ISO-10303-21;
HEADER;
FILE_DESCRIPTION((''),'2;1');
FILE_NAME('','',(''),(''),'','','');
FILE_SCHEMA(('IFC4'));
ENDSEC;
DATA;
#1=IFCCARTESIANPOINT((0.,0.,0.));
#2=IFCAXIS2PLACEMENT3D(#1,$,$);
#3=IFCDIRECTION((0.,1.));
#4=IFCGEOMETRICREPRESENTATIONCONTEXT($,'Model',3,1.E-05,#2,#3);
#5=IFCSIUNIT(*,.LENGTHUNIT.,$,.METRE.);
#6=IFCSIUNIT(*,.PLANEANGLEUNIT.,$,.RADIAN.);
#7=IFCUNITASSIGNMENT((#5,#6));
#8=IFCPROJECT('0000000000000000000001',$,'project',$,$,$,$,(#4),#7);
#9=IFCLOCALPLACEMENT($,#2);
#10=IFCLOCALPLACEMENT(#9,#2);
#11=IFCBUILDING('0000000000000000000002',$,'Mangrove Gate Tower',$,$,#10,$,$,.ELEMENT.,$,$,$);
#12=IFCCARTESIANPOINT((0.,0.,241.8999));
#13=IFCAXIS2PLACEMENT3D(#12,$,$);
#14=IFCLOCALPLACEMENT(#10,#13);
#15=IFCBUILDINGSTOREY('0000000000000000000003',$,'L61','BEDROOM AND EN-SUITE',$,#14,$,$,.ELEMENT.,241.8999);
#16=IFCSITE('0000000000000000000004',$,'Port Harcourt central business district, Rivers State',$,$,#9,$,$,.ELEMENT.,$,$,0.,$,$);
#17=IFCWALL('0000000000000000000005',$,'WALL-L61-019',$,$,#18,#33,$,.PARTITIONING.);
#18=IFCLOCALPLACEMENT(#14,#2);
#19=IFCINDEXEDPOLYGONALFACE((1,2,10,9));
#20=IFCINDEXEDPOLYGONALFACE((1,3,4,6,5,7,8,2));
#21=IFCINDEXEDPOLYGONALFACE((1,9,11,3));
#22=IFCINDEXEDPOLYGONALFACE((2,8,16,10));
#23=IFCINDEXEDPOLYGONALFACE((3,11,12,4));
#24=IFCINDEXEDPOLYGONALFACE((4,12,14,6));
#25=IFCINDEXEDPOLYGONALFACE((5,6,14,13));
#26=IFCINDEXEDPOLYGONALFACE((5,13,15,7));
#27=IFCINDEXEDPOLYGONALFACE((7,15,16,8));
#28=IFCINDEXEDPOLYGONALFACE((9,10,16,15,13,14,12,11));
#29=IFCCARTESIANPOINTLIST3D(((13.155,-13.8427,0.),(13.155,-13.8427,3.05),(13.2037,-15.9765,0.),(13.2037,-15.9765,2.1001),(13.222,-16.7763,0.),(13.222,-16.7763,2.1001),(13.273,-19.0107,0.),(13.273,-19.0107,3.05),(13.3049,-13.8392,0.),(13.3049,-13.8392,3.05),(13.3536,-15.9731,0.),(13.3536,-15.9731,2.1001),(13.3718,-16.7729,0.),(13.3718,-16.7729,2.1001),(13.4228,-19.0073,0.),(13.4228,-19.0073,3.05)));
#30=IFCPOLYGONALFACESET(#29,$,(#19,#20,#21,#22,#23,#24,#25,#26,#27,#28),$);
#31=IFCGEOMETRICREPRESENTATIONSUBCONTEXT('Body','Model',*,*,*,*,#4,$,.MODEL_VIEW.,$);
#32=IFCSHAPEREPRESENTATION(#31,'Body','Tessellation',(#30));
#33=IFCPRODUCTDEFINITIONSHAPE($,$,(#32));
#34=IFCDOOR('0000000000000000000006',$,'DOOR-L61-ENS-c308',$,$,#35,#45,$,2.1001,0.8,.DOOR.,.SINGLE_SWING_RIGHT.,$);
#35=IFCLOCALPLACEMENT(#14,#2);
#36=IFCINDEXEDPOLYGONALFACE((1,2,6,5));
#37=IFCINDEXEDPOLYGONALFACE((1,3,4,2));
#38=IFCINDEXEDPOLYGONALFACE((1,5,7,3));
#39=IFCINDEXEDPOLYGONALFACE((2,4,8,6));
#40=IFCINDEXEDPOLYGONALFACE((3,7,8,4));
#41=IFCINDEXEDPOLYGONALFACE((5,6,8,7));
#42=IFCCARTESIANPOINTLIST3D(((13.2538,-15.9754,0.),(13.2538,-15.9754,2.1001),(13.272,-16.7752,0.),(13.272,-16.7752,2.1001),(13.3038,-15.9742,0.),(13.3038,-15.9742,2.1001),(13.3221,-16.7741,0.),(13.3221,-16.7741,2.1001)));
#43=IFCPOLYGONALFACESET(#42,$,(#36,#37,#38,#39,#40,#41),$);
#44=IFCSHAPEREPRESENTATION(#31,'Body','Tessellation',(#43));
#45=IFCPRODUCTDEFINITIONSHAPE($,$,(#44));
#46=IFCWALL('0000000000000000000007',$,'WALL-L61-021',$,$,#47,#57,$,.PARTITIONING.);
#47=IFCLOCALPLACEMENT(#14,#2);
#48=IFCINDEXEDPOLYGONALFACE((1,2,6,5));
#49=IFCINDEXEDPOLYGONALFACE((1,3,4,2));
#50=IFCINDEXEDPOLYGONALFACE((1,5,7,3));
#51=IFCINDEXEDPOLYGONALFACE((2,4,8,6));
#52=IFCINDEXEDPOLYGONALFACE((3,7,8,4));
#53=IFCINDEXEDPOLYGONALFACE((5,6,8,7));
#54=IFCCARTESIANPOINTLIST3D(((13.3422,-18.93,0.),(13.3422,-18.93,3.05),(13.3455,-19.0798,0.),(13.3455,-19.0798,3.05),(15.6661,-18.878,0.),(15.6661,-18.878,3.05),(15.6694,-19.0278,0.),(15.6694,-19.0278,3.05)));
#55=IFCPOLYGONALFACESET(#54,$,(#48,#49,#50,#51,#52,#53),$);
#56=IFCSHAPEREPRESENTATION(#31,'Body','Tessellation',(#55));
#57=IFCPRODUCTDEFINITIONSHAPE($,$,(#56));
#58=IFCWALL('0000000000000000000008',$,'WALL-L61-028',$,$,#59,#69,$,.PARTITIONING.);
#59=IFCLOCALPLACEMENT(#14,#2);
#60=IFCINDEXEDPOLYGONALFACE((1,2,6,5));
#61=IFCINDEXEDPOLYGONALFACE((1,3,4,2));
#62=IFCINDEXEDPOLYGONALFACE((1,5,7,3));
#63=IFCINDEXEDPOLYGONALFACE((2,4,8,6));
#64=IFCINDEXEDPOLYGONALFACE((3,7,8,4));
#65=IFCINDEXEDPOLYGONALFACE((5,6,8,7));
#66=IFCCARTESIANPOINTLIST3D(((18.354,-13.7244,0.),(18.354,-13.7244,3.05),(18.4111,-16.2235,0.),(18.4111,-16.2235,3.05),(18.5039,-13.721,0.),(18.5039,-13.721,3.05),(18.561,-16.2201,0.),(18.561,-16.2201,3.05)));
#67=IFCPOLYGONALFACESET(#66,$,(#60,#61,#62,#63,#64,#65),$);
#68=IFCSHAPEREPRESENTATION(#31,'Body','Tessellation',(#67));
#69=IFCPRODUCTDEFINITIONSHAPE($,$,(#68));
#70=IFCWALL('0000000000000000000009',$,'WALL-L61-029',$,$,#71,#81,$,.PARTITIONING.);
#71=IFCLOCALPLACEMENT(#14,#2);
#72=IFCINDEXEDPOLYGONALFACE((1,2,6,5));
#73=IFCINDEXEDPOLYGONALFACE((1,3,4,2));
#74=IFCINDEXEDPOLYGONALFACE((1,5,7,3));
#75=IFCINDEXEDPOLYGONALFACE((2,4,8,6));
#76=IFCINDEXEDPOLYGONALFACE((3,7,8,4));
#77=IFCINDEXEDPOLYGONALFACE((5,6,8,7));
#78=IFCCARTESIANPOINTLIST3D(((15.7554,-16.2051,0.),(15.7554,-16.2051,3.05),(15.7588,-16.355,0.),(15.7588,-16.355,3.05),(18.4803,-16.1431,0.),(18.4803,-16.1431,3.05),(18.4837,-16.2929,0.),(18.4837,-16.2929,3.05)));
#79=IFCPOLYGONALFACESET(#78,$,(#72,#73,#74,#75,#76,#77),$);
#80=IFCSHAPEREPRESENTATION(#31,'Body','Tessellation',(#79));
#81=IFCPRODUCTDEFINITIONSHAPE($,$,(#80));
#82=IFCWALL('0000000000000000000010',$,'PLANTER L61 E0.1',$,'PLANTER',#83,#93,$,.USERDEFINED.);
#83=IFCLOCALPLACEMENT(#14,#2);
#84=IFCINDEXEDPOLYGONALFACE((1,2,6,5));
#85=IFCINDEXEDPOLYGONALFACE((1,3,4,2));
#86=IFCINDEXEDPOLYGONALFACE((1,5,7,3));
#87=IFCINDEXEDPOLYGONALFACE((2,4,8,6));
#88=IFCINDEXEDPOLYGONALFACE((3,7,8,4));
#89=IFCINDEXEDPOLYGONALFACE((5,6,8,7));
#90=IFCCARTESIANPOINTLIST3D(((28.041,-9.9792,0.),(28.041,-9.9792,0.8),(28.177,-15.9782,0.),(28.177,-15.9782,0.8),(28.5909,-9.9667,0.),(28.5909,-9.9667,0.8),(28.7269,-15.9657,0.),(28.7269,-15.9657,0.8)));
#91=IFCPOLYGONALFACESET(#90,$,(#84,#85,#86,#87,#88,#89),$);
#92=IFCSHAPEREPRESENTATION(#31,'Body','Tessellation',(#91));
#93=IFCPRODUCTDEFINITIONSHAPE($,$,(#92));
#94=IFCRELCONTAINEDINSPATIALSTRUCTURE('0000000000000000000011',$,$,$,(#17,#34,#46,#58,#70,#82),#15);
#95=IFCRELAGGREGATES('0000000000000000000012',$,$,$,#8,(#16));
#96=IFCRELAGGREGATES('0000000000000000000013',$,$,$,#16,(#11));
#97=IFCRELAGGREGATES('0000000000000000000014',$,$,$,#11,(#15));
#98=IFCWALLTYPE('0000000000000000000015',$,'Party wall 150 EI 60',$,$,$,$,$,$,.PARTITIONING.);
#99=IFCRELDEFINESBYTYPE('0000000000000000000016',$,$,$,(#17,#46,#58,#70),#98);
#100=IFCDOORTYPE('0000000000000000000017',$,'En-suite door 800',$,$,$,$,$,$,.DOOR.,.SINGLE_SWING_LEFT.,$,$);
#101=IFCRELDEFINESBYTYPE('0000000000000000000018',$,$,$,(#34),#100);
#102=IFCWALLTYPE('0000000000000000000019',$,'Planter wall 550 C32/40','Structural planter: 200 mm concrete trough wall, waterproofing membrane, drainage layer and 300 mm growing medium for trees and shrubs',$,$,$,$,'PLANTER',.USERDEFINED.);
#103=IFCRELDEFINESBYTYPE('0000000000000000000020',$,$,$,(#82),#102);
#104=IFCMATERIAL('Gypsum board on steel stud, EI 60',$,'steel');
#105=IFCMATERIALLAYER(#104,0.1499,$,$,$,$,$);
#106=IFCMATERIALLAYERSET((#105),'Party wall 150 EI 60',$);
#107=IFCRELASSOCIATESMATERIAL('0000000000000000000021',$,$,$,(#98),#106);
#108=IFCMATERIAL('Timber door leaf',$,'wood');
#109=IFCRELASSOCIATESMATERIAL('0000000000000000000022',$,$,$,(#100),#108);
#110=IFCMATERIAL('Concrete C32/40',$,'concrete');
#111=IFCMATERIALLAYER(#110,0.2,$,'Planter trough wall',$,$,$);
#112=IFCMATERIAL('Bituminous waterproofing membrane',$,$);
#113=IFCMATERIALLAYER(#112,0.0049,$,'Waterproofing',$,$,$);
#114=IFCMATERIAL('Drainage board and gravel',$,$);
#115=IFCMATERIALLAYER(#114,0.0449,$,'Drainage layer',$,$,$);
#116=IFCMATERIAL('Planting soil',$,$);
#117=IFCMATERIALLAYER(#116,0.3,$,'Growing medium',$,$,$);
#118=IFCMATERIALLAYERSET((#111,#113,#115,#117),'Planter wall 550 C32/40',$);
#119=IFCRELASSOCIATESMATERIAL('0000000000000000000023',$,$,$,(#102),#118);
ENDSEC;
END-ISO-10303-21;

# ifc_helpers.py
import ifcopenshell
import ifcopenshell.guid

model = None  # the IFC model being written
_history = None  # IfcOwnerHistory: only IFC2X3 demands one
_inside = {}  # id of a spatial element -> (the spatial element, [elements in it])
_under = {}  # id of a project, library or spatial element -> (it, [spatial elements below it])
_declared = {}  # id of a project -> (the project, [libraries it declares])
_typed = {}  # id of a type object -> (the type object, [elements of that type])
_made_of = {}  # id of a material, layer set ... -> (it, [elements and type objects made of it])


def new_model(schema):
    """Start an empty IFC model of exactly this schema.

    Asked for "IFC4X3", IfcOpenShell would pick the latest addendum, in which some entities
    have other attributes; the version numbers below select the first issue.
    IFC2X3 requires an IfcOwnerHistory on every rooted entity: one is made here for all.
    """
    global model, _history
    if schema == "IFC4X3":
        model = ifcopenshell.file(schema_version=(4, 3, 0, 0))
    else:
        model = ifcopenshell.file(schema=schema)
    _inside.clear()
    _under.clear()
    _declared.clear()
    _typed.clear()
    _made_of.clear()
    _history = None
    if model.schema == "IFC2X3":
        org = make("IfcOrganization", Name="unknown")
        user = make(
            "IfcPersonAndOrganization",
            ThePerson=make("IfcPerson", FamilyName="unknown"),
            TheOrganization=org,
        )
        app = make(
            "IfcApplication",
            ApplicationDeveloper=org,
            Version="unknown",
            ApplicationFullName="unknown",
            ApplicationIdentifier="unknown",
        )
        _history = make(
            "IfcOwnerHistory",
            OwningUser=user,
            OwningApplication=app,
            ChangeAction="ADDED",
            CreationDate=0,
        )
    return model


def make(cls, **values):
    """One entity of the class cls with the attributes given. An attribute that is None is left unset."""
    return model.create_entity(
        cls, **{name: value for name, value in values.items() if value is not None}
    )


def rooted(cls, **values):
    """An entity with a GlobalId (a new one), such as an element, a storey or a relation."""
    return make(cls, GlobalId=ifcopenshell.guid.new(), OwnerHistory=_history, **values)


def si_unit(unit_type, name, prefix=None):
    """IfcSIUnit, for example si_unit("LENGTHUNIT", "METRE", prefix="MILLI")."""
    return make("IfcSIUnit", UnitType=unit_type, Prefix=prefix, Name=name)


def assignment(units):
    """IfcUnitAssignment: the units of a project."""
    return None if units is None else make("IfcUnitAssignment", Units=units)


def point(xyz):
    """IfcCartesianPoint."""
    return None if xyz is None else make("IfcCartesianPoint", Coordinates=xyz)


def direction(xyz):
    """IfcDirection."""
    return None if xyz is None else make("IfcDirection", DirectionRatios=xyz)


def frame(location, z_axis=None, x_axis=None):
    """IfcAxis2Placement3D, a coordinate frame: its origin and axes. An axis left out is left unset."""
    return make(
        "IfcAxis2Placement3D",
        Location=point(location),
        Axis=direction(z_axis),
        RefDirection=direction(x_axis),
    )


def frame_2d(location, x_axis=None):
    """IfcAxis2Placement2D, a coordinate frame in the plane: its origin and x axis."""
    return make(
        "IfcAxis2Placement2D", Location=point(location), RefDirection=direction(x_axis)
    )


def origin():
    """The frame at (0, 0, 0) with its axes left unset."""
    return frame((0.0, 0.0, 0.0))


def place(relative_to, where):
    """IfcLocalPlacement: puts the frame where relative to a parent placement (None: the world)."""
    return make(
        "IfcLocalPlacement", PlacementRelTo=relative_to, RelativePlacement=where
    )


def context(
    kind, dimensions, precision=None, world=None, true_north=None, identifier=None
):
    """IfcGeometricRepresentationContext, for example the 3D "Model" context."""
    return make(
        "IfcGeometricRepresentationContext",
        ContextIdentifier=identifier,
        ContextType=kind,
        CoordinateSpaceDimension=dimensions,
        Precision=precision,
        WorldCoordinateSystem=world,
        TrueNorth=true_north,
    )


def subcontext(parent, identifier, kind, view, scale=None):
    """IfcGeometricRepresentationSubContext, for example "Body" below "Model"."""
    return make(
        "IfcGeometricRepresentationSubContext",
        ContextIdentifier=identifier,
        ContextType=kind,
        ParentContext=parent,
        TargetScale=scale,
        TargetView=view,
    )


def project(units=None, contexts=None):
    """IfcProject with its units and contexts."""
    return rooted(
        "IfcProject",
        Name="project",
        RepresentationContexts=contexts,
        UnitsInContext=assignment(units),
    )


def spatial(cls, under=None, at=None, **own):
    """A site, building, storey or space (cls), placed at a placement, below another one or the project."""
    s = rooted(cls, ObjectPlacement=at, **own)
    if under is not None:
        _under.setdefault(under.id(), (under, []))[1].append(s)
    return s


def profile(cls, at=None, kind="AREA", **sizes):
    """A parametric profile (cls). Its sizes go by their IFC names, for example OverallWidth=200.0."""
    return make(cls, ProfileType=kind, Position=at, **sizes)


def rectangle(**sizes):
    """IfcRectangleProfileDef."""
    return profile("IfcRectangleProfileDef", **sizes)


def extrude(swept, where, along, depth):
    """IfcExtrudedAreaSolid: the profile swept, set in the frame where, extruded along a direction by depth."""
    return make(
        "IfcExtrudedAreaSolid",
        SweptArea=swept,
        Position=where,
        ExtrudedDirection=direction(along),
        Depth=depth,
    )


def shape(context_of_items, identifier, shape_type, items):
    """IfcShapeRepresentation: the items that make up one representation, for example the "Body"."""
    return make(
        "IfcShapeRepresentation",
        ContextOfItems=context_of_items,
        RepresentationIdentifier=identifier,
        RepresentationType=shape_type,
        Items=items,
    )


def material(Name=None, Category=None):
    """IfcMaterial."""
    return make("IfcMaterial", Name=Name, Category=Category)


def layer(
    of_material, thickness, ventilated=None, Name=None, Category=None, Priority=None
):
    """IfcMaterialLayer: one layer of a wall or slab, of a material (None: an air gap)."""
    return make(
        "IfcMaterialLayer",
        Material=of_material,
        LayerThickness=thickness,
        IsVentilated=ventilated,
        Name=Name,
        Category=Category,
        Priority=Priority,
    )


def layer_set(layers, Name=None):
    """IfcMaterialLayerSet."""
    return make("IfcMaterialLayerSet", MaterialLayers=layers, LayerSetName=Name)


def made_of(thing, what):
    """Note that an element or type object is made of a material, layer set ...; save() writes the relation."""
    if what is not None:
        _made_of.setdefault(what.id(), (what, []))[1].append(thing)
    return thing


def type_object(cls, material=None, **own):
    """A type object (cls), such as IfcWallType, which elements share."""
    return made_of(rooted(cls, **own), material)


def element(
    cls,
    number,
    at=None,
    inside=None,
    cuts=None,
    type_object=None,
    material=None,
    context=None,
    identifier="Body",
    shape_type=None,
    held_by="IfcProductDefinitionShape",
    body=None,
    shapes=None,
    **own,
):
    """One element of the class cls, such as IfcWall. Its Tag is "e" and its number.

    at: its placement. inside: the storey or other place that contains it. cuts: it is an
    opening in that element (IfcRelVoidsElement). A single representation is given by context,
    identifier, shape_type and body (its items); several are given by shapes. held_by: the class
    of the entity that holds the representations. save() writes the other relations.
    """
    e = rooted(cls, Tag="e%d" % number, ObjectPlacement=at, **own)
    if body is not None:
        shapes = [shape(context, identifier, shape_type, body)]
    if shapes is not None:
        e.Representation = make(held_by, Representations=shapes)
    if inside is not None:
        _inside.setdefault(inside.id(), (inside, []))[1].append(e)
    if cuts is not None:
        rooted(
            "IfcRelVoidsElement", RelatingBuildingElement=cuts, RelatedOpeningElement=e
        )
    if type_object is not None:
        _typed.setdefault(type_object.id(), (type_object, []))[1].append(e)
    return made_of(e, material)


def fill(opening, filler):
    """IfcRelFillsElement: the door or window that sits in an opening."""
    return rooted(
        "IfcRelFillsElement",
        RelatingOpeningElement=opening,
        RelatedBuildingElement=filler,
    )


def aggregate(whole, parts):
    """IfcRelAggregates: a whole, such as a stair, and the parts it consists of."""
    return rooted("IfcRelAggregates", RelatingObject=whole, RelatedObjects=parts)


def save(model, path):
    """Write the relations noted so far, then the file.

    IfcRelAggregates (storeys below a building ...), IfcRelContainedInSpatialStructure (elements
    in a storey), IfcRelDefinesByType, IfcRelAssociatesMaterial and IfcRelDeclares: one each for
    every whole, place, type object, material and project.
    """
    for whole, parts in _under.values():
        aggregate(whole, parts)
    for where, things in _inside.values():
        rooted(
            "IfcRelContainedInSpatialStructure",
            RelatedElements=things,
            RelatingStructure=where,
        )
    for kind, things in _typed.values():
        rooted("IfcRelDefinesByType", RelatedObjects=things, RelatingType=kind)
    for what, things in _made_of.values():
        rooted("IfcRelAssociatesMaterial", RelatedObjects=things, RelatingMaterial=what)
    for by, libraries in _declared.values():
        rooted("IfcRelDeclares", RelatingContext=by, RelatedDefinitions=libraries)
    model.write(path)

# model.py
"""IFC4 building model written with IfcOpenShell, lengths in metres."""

from ifc_helpers import new_model, si_unit, direction, frame, frame_2d, origin, place, context, subcontext, project, spatial, rectangle, extrude, material, layer, layer_set, type_object, element, fill, save


model = new_model("IFC4")

# Units and contexts
model_context = context("Model", 3, precision=1e-05, world=origin(), true_north=direction((0.0, 1.0)))
body_context = subcontext(model_context, "Body", "Model", "MODEL_VIEW")
ifc_project = project(units=[si_unit("LENGTHUNIT", "METRE"), si_unit("PLANEANGLEUNIT", "RADIAN")], contexts=[model_context])

# Site, building, storey
site_placement = place(None, origin())
site = spatial("IfcSite", under=ifc_project, at=site_placement, Name="Port Harcourt central business district, Rivers State", CompositionType="ELEMENT", RefElevation=0.0)
building_placement = place(site_placement, origin())
building = spatial("IfcBuilding", under=site, at=building_placement, Name="Mangrove Gate Tower", CompositionType="ELEMENT")
storey_placement = place(building_placement, frame((0.0, 0.0, 241.8999)))
storey = spatial("IfcBuildingStorey", under=building, at=storey_placement, Name="L61", Description="BEDROOM AND EN-SUITE", CompositionType="ELEMENT", Elevation=241.8999)

# Shared definitions
ifc_material_1 = material(Name="Gypsum board on steel stud, EI 60", Category="steel")
ifc_layer_1 = layer(ifc_material_1, 0.1499)
ifc_layer_set_1 = layer_set([ifc_layer_1], Name="Party wall 150 EI 60")
wall_type_1 = type_object("IfcWallType", Name="Party wall 150 EI 60", PredefinedType="PARTITIONING", material=ifc_layer_set_1)

# Wall, opening, door
wall_1_placement = place(storey_placement, frame((13.3479, -19.009, 0.0), z_axis=(0.0, 0.0, 1.0), x_axis=(-0.022812, 0.99974, 0.0)))
wall_1 = element("IfcWall", 1, at=wall_1_placement, inside=storey, type_object=wall_type_1, Name="WALL-L61-019", PredefinedType="PARTITIONING", context=body_context, shape_type="SweptSolid", body=[
    extrude(rectangle(XDim=5.1694, YDim=0.1499, at=frame_2d((2.5847, 0.0))), origin(), (0.0, 0.0, 1.0), 3.05),
])
opening_1_placement = place(wall_1_placement, frame((2.2351, 0.0, 0.0)))
opening_1 = element("IfcOpeningElement", 2, at=opening_1_placement, cuts=wall_1, PredefinedType="OPENING", context=body_context, shape_type="SweptSolid", body=[
    extrude(rectangle(XDim=0.8, YDim=2.1001, at=frame_2d((0.3999, 1.05))), frame((0.0, 0.085, 0.0), z_axis=(0.0, -1.0, 0.0), x_axis=(1.0, 0.0, 0.0)), (0.0, 0.0, 1.0), 0.1699),
])
ifc_material_2 = material(Name="Timber door leaf", Category="wood")
door_type_1 = type_object("IfcDoorType", Name="En-suite door 800", OperationType="SINGLE_SWING_LEFT", PredefinedType="DOOR", material=ifc_material_2)
door_1_placement = place(opening_1_placement, origin())
door_1 = element("IfcDoor", 3, at=door_1_placement, inside=storey, type_object=door_type_1, Name="DOOR-L61-ENS-c308", OperationType="SINGLE_SWING_RIGHT", OverallHeight=2.1001, OverallWidth=0.8, PredefinedType="DOOR", context=body_context, shape_type="SweptSolid", body=[
    extrude(rectangle(XDim=0.8, YDim=2.1001, at=frame_2d((0.3999, 1.05))), frame((0.0, 0.0249, 0.0), z_axis=(0.0, -1.0, 0.0), x_axis=(1.0, 0.0, 0.0)), (0.0, 0.0, 1.0), 0.05),
])
fill(opening_1, door_1)

# Walls
wall_2_placement = place(storey_placement, frame((13.344, -19.0049, 0.0), z_axis=(0.0, 0.0, 1.0), x_axis=(0.99975, 0.022371, 0.0)))
element("IfcWall", 4, at=wall_2_placement, inside=storey, type_object=wall_type_1, Name="WALL-L61-021", PredefinedType="PARTITIONING", context=body_context, shape_type="SweptSolid", body=[
    extrude(rectangle(XDim=2.3245, YDim=0.1499, at=frame_2d((1.1621, 0.0))), origin(), (0.0, 0.0, 1.0), 3.05),
])
wall_3_placement = place(storey_placement, frame((18.4861, -16.2219, 0.0), z_axis=(0.0, 0.0, 1.0), x_axis=(-0.022855, 0.999739, 0.0)))
element("IfcWall", 5, at=wall_3_placement, inside=storey, type_object=wall_type_1, Name="WALL-L61-028", PredefinedType="PARTITIONING", context=body_context, shape_type="SweptSolid", body=[
    extrude(rectangle(XDim=2.4998, YDim=0.1499, at=frame_2d((1.25, 0.0))), origin(), (0.0, 0.0, 1.0), 3.05),
])
wall_4_placement = place(storey_placement, frame((15.7571, -16.28, 0.0), z_axis=(0.0, 0.0, 1.0), x_axis=(0.999741, 0.022752, 0.0)))
element("IfcWall", 6, at=wall_4_placement, inside=storey, type_object=wall_type_1, Name="WALL-L61-029", PredefinedType="PARTITIONING", context=body_context, shape_type="SweptSolid", body=[
    extrude(rectangle(XDim=2.7256, YDim=0.1499, at=frame_2d((1.3628, 0.0))), origin(), (0.0, 0.0, 1.0), 3.05),
])
ifc_material_3 = material(Name="Concrete C32/40", Category="concrete")
ifc_layer_2 = layer(ifc_material_3, 0.2, Name="Planter trough wall")
ifc_material_4 = material(Name="Bituminous waterproofing membrane")
ifc_layer_3 = layer(ifc_material_4, 0.0049, Name="Waterproofing")
ifc_material_5 = material(Name="Drainage board and gravel")
ifc_layer_4 = layer(ifc_material_5, 0.0449, Name="Drainage layer")
ifc_material_6 = material(Name="Planting soil")
ifc_layer_5 = layer(ifc_material_6, 0.3, Name="Growing medium")
ifc_layer_set_2 = layer_set([ifc_layer_2, ifc_layer_3, ifc_layer_4, ifc_layer_5], Name="Planter wall 550 C32/40")
wall_type_2 = type_object("IfcWallType", Name="Planter wall 550 C32/40", Description="Structural planter: 200 mm concrete trough wall, waterproofing membrane, drainage layer and 300 mm growing medium for trees and shrubs", ElementType="PLANTER", PredefinedType="USERDEFINED", material=ifc_layer_set_2)
wall_5_placement = place(storey_placement, frame((28.4519, -15.9719, 0.0), z_axis=(0.0, 0.0, 1.0), x_axis=(-0.022662, 0.999743, 0.0)))
element("IfcWall", 7, at=wall_5_placement, inside=storey, type_object=wall_type_2, Name="PLANTER L61 E0.1", ObjectType="PLANTER", PredefinedType="USERDEFINED", context=body_context, shape_type="SweptSolid", body=[
    extrude(rectangle(XDim=6.0005, YDim=0.55, at=frame_2d((3.0002, 0.0))), origin(), (0.0, 0.0, 1.0), 0.8),
])

save(model, "model.ifc")
